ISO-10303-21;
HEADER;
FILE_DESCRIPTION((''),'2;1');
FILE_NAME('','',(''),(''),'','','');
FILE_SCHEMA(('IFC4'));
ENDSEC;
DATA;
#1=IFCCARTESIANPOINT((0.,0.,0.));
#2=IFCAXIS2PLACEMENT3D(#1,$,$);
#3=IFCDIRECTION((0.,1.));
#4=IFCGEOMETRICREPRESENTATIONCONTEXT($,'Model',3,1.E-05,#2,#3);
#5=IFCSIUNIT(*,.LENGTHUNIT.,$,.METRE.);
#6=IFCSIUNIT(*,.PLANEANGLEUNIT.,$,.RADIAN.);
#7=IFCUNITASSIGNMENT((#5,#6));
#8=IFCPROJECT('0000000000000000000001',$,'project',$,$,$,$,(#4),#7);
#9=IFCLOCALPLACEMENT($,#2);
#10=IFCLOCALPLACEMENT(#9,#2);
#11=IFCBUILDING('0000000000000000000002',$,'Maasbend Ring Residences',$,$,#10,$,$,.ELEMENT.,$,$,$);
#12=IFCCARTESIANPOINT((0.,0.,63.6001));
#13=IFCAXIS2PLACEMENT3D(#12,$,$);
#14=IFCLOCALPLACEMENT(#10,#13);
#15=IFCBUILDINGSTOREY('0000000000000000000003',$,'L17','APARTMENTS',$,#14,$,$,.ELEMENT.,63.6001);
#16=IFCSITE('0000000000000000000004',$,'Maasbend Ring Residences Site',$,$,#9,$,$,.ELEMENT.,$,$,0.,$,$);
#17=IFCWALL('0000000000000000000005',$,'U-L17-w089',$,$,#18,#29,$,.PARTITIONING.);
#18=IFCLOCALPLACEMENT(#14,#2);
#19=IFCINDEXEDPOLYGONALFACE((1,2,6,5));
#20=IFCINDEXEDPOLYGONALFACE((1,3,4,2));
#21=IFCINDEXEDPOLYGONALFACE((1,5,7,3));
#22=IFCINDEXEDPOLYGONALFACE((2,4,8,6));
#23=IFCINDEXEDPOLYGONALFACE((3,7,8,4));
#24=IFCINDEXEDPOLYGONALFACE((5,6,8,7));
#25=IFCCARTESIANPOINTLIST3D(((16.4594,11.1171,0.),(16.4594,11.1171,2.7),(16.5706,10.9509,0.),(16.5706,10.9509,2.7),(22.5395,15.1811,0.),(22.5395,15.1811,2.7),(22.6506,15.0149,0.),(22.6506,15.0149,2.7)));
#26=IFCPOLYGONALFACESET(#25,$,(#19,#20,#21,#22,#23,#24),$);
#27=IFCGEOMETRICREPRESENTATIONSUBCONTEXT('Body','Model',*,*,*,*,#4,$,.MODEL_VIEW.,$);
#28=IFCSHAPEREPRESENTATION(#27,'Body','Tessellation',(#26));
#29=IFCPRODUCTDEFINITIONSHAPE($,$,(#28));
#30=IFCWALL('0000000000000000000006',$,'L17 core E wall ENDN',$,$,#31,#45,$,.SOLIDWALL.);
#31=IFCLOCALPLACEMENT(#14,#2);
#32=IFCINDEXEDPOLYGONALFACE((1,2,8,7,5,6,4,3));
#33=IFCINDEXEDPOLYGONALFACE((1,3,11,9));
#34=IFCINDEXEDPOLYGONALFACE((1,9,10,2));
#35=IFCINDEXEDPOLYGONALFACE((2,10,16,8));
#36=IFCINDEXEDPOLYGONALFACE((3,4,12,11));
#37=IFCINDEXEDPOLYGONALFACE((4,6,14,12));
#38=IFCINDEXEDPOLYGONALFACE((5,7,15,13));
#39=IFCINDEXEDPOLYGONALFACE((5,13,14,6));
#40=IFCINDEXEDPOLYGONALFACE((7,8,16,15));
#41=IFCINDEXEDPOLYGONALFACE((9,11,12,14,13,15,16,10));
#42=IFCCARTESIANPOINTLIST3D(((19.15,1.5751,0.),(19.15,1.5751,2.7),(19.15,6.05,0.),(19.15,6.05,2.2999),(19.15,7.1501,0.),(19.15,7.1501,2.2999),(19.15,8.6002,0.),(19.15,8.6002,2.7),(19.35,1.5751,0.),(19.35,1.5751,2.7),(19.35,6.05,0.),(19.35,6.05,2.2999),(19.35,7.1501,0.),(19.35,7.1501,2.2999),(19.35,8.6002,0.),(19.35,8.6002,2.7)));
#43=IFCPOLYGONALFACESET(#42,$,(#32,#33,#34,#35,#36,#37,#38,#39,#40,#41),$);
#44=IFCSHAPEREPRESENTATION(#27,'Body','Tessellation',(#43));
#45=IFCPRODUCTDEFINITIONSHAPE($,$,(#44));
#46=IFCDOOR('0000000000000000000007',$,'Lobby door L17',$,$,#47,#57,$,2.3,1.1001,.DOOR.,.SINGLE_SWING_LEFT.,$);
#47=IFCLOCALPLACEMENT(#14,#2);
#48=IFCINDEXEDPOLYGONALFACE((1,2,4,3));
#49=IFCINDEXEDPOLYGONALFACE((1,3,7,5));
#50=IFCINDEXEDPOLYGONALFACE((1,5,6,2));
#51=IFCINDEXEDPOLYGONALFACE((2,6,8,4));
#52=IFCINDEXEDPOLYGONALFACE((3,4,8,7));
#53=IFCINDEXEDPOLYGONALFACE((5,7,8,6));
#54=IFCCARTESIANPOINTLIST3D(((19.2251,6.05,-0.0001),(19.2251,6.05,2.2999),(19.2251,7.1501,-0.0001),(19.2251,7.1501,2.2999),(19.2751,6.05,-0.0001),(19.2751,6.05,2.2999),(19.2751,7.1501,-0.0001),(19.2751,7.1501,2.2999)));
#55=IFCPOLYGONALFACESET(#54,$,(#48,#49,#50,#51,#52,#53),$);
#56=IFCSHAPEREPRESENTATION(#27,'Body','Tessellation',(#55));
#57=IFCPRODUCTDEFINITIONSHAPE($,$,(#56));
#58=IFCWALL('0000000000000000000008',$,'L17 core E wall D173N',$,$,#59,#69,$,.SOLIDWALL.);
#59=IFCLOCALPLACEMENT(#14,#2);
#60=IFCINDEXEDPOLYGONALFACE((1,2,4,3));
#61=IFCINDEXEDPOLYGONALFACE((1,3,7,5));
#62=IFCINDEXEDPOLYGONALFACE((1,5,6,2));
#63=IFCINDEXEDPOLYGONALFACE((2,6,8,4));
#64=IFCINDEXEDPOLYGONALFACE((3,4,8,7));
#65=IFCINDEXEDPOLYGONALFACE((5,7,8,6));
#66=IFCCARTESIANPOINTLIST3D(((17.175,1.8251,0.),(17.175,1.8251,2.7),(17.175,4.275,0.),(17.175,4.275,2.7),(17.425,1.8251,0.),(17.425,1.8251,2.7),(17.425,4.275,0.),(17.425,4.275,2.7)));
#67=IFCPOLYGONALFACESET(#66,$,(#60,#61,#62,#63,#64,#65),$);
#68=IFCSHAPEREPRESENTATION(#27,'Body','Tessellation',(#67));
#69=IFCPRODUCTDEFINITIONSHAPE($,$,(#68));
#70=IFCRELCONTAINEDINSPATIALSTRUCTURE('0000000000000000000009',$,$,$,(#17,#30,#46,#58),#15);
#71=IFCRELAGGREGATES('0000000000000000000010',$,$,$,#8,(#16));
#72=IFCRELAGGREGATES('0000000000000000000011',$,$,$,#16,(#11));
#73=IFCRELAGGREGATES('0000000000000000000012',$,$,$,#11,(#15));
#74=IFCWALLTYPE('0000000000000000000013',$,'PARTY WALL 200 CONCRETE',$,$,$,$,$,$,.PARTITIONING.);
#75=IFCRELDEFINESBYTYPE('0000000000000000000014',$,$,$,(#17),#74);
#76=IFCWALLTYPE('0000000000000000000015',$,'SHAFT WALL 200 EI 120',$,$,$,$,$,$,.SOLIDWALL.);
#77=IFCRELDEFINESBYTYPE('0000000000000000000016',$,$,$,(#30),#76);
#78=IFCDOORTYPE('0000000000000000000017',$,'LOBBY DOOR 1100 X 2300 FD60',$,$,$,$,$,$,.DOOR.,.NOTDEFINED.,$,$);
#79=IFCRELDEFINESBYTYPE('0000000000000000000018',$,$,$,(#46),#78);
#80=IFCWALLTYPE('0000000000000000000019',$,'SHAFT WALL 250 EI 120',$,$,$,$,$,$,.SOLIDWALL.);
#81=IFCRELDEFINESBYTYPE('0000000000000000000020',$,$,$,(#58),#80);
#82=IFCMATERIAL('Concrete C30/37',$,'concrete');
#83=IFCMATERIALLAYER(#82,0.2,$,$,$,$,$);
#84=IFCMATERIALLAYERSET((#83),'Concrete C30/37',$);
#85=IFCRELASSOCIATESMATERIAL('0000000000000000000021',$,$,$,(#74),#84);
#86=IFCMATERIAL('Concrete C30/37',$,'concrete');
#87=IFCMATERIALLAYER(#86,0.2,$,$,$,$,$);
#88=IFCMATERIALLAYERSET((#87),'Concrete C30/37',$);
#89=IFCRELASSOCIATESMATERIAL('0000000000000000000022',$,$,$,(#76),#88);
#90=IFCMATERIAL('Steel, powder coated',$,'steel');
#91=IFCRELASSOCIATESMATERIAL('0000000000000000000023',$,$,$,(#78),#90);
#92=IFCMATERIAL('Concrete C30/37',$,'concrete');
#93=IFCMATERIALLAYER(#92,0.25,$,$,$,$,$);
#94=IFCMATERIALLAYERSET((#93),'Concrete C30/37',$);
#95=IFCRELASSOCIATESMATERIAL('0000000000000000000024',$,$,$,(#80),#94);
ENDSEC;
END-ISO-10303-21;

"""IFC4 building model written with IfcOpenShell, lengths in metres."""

from ifc_helpers import new_model, si_unit, direction, frame, frame_2d, origin, place, context, subcontext, project, spatial, rectangle, extrude, material, layer, layer_set, type_object, element, fill, save


model = new_model("IFC4")

# Units and contexts
model_context = context("Model", 3, precision=1e-05, world=origin(), true_north=direction((0.0, 1.0)))
body_context = subcontext(model_context, "Body", "Model", "MODEL_VIEW")
ifc_project = project(units=[si_unit("LENGTHUNIT", "METRE"), si_unit("PLANEANGLEUNIT", "RADIAN")], contexts=[model_context])

# Site, building, storey
site_placement = place(None, origin())
site = spatial("IfcSite", under=ifc_project, at=site_placement, Name="Maasbend Ring Residences Site", CompositionType="ELEMENT", RefElevation=0.0)
building_placement = place(site_placement, origin())
building = spatial("IfcBuilding", under=site, at=building_placement, Name="Maasbend Ring Residences", CompositionType="ELEMENT")
storey_placement = place(building_placement, frame((0.0, 0.0, 63.6001)))
storey = spatial("IfcBuildingStorey", under=building, at=storey_placement, Name="L17", Description="APARTMENTS", CompositionType="ELEMENT", Elevation=63.6001)

# Wall
ifc_material_1 = material(Name="Concrete C30/37", Category="concrete")
ifc_layer_1 = layer(ifc_material_1, 0.2)
ifc_layer_set_1 = layer_set([ifc_layer_1], Name="Concrete C30/37")
wall_type_1 = type_object("IfcWallType", Name="PARTY WALL 200 CONCRETE", PredefinedType="PARTITIONING", material=ifc_layer_set_1)
wall_1_placement = place(storey_placement, frame((16.5149, 11.0339, 0.0), z_axis=(0.0, 0.0, 1.0), x_axis=(0.831382, 0.555701, 0.0)))
element("IfcWall", 1, at=wall_1_placement, inside=storey, type_object=wall_type_1, Name="U-L17-w089", PredefinedType="PARTITIONING", context=body_context, shape_type="SweptSolid", body=[
    extrude(rectangle(XDim=7.3132, YDim=0.2, at=frame_2d((3.6567, 0.0))), origin(), (0.0, 0.0, 1.0), 2.7),
])

# Wall, opening, door
ifc_material_2 = material(Name="Concrete C30/37", Category="concrete")
ifc_layer_2 = layer(ifc_material_2, 0.2)
ifc_layer_set_2 = layer_set([ifc_layer_2], Name="Concrete C30/37")
wall_type_2 = type_object("IfcWallType", Name="SHAFT WALL 200 EI 120", PredefinedType="SOLIDWALL", material=ifc_layer_set_2)
wall_2_placement = place(storey_placement, frame((19.25, 1.575, 0.0), z_axis=(0.0, 0.0, 1.0), x_axis=(0.0, 1.0, 0.0)))
wall_2 = element("IfcWall", 2, at=wall_2_placement, inside=storey, type_object=wall_type_2, Name="L17 core E wall ENDN", PredefinedType="SOLIDWALL", context=body_context, shape_type="SweptSolid", body=[
    extrude(rectangle(XDim=7.0251, YDim=0.2, at=frame_2d((3.5127, 0.0))), origin(), (0.0, 0.0, 1.0), 2.7),
])
opening_1_placement = place(wall_2_placement, frame((4.4751, 0.0, 0.0)))
opening_1 = element("IfcOpeningElement", 3, at=opening_1_placement, cuts=wall_2, PredefinedType="OPENING", context=body_context, shape_type="SweptSolid", body=[
    extrude(rectangle(XDim=1.1001, YDim=2.3, at=frame_2d((0.55, 1.1499))), frame((0.0, 0.1099, 0.0), z_axis=(0.0, -1.0, 0.0), x_axis=(1.0, 0.0, 0.0)), (0.0, 0.0, 1.0), 0.22),
])
ifc_material_3 = material(Name="Steel, powder coated", Category="steel")
door_type_1 = type_object("IfcDoorType", Name="LOBBY DOOR 1100 X 2300 FD60", OperationType="NOTDEFINED", PredefinedType="DOOR", material=ifc_material_3)
door_1_placement = place(opening_1_placement, origin())
door_1 = element("IfcDoor", 4, at=door_1_placement, inside=storey, type_object=door_type_1, Name="Lobby door L17", OperationType="SINGLE_SWING_LEFT", OverallHeight=2.3, OverallWidth=1.1001, PredefinedType="DOOR", context=body_context, shape_type="SweptSolid", body=[
    extrude(rectangle(XDim=1.1001, YDim=2.3, at=frame_2d((0.55, 1.1499))), frame((0.0, 0.0249, 0.0), z_axis=(0.0, -1.0, 0.0), x_axis=(1.0, 0.0, 0.0)), (0.0, 0.0, 1.0), 0.05),
])
fill(opening_1, door_1)

# Wall
ifc_material_4 = material(Name="Concrete C30/37", Category="concrete")
ifc_layer_3 = layer(ifc_material_4, 0.25)
ifc_layer_set_3 = layer_set([ifc_layer_3], Name="Concrete C30/37")
wall_type_3 = type_object("IfcWallType", Name="SHAFT WALL 250 EI 120", PredefinedType="SOLIDWALL", material=ifc_layer_set_3)
wall_3_placement = place(storey_placement, frame((17.3, 1.825, 0.0), z_axis=(0.0, 0.0, 1.0), x_axis=(0.0, 1.0, 0.0)))
element("IfcWall", 5, at=wall_3_placement, inside=storey, type_object=wall_type_3, Name="L17 core E wall D173N", PredefinedType="SOLIDWALL", context=body_context, shape_type="SweptSolid", body=[
    extrude(rectangle(XDim=2.45, YDim=0.25, at=frame_2d((1.2251, 0.0))), origin(), (0.0, 0.0, 1.0), 2.7),
])

save(model, "model.ifc")
